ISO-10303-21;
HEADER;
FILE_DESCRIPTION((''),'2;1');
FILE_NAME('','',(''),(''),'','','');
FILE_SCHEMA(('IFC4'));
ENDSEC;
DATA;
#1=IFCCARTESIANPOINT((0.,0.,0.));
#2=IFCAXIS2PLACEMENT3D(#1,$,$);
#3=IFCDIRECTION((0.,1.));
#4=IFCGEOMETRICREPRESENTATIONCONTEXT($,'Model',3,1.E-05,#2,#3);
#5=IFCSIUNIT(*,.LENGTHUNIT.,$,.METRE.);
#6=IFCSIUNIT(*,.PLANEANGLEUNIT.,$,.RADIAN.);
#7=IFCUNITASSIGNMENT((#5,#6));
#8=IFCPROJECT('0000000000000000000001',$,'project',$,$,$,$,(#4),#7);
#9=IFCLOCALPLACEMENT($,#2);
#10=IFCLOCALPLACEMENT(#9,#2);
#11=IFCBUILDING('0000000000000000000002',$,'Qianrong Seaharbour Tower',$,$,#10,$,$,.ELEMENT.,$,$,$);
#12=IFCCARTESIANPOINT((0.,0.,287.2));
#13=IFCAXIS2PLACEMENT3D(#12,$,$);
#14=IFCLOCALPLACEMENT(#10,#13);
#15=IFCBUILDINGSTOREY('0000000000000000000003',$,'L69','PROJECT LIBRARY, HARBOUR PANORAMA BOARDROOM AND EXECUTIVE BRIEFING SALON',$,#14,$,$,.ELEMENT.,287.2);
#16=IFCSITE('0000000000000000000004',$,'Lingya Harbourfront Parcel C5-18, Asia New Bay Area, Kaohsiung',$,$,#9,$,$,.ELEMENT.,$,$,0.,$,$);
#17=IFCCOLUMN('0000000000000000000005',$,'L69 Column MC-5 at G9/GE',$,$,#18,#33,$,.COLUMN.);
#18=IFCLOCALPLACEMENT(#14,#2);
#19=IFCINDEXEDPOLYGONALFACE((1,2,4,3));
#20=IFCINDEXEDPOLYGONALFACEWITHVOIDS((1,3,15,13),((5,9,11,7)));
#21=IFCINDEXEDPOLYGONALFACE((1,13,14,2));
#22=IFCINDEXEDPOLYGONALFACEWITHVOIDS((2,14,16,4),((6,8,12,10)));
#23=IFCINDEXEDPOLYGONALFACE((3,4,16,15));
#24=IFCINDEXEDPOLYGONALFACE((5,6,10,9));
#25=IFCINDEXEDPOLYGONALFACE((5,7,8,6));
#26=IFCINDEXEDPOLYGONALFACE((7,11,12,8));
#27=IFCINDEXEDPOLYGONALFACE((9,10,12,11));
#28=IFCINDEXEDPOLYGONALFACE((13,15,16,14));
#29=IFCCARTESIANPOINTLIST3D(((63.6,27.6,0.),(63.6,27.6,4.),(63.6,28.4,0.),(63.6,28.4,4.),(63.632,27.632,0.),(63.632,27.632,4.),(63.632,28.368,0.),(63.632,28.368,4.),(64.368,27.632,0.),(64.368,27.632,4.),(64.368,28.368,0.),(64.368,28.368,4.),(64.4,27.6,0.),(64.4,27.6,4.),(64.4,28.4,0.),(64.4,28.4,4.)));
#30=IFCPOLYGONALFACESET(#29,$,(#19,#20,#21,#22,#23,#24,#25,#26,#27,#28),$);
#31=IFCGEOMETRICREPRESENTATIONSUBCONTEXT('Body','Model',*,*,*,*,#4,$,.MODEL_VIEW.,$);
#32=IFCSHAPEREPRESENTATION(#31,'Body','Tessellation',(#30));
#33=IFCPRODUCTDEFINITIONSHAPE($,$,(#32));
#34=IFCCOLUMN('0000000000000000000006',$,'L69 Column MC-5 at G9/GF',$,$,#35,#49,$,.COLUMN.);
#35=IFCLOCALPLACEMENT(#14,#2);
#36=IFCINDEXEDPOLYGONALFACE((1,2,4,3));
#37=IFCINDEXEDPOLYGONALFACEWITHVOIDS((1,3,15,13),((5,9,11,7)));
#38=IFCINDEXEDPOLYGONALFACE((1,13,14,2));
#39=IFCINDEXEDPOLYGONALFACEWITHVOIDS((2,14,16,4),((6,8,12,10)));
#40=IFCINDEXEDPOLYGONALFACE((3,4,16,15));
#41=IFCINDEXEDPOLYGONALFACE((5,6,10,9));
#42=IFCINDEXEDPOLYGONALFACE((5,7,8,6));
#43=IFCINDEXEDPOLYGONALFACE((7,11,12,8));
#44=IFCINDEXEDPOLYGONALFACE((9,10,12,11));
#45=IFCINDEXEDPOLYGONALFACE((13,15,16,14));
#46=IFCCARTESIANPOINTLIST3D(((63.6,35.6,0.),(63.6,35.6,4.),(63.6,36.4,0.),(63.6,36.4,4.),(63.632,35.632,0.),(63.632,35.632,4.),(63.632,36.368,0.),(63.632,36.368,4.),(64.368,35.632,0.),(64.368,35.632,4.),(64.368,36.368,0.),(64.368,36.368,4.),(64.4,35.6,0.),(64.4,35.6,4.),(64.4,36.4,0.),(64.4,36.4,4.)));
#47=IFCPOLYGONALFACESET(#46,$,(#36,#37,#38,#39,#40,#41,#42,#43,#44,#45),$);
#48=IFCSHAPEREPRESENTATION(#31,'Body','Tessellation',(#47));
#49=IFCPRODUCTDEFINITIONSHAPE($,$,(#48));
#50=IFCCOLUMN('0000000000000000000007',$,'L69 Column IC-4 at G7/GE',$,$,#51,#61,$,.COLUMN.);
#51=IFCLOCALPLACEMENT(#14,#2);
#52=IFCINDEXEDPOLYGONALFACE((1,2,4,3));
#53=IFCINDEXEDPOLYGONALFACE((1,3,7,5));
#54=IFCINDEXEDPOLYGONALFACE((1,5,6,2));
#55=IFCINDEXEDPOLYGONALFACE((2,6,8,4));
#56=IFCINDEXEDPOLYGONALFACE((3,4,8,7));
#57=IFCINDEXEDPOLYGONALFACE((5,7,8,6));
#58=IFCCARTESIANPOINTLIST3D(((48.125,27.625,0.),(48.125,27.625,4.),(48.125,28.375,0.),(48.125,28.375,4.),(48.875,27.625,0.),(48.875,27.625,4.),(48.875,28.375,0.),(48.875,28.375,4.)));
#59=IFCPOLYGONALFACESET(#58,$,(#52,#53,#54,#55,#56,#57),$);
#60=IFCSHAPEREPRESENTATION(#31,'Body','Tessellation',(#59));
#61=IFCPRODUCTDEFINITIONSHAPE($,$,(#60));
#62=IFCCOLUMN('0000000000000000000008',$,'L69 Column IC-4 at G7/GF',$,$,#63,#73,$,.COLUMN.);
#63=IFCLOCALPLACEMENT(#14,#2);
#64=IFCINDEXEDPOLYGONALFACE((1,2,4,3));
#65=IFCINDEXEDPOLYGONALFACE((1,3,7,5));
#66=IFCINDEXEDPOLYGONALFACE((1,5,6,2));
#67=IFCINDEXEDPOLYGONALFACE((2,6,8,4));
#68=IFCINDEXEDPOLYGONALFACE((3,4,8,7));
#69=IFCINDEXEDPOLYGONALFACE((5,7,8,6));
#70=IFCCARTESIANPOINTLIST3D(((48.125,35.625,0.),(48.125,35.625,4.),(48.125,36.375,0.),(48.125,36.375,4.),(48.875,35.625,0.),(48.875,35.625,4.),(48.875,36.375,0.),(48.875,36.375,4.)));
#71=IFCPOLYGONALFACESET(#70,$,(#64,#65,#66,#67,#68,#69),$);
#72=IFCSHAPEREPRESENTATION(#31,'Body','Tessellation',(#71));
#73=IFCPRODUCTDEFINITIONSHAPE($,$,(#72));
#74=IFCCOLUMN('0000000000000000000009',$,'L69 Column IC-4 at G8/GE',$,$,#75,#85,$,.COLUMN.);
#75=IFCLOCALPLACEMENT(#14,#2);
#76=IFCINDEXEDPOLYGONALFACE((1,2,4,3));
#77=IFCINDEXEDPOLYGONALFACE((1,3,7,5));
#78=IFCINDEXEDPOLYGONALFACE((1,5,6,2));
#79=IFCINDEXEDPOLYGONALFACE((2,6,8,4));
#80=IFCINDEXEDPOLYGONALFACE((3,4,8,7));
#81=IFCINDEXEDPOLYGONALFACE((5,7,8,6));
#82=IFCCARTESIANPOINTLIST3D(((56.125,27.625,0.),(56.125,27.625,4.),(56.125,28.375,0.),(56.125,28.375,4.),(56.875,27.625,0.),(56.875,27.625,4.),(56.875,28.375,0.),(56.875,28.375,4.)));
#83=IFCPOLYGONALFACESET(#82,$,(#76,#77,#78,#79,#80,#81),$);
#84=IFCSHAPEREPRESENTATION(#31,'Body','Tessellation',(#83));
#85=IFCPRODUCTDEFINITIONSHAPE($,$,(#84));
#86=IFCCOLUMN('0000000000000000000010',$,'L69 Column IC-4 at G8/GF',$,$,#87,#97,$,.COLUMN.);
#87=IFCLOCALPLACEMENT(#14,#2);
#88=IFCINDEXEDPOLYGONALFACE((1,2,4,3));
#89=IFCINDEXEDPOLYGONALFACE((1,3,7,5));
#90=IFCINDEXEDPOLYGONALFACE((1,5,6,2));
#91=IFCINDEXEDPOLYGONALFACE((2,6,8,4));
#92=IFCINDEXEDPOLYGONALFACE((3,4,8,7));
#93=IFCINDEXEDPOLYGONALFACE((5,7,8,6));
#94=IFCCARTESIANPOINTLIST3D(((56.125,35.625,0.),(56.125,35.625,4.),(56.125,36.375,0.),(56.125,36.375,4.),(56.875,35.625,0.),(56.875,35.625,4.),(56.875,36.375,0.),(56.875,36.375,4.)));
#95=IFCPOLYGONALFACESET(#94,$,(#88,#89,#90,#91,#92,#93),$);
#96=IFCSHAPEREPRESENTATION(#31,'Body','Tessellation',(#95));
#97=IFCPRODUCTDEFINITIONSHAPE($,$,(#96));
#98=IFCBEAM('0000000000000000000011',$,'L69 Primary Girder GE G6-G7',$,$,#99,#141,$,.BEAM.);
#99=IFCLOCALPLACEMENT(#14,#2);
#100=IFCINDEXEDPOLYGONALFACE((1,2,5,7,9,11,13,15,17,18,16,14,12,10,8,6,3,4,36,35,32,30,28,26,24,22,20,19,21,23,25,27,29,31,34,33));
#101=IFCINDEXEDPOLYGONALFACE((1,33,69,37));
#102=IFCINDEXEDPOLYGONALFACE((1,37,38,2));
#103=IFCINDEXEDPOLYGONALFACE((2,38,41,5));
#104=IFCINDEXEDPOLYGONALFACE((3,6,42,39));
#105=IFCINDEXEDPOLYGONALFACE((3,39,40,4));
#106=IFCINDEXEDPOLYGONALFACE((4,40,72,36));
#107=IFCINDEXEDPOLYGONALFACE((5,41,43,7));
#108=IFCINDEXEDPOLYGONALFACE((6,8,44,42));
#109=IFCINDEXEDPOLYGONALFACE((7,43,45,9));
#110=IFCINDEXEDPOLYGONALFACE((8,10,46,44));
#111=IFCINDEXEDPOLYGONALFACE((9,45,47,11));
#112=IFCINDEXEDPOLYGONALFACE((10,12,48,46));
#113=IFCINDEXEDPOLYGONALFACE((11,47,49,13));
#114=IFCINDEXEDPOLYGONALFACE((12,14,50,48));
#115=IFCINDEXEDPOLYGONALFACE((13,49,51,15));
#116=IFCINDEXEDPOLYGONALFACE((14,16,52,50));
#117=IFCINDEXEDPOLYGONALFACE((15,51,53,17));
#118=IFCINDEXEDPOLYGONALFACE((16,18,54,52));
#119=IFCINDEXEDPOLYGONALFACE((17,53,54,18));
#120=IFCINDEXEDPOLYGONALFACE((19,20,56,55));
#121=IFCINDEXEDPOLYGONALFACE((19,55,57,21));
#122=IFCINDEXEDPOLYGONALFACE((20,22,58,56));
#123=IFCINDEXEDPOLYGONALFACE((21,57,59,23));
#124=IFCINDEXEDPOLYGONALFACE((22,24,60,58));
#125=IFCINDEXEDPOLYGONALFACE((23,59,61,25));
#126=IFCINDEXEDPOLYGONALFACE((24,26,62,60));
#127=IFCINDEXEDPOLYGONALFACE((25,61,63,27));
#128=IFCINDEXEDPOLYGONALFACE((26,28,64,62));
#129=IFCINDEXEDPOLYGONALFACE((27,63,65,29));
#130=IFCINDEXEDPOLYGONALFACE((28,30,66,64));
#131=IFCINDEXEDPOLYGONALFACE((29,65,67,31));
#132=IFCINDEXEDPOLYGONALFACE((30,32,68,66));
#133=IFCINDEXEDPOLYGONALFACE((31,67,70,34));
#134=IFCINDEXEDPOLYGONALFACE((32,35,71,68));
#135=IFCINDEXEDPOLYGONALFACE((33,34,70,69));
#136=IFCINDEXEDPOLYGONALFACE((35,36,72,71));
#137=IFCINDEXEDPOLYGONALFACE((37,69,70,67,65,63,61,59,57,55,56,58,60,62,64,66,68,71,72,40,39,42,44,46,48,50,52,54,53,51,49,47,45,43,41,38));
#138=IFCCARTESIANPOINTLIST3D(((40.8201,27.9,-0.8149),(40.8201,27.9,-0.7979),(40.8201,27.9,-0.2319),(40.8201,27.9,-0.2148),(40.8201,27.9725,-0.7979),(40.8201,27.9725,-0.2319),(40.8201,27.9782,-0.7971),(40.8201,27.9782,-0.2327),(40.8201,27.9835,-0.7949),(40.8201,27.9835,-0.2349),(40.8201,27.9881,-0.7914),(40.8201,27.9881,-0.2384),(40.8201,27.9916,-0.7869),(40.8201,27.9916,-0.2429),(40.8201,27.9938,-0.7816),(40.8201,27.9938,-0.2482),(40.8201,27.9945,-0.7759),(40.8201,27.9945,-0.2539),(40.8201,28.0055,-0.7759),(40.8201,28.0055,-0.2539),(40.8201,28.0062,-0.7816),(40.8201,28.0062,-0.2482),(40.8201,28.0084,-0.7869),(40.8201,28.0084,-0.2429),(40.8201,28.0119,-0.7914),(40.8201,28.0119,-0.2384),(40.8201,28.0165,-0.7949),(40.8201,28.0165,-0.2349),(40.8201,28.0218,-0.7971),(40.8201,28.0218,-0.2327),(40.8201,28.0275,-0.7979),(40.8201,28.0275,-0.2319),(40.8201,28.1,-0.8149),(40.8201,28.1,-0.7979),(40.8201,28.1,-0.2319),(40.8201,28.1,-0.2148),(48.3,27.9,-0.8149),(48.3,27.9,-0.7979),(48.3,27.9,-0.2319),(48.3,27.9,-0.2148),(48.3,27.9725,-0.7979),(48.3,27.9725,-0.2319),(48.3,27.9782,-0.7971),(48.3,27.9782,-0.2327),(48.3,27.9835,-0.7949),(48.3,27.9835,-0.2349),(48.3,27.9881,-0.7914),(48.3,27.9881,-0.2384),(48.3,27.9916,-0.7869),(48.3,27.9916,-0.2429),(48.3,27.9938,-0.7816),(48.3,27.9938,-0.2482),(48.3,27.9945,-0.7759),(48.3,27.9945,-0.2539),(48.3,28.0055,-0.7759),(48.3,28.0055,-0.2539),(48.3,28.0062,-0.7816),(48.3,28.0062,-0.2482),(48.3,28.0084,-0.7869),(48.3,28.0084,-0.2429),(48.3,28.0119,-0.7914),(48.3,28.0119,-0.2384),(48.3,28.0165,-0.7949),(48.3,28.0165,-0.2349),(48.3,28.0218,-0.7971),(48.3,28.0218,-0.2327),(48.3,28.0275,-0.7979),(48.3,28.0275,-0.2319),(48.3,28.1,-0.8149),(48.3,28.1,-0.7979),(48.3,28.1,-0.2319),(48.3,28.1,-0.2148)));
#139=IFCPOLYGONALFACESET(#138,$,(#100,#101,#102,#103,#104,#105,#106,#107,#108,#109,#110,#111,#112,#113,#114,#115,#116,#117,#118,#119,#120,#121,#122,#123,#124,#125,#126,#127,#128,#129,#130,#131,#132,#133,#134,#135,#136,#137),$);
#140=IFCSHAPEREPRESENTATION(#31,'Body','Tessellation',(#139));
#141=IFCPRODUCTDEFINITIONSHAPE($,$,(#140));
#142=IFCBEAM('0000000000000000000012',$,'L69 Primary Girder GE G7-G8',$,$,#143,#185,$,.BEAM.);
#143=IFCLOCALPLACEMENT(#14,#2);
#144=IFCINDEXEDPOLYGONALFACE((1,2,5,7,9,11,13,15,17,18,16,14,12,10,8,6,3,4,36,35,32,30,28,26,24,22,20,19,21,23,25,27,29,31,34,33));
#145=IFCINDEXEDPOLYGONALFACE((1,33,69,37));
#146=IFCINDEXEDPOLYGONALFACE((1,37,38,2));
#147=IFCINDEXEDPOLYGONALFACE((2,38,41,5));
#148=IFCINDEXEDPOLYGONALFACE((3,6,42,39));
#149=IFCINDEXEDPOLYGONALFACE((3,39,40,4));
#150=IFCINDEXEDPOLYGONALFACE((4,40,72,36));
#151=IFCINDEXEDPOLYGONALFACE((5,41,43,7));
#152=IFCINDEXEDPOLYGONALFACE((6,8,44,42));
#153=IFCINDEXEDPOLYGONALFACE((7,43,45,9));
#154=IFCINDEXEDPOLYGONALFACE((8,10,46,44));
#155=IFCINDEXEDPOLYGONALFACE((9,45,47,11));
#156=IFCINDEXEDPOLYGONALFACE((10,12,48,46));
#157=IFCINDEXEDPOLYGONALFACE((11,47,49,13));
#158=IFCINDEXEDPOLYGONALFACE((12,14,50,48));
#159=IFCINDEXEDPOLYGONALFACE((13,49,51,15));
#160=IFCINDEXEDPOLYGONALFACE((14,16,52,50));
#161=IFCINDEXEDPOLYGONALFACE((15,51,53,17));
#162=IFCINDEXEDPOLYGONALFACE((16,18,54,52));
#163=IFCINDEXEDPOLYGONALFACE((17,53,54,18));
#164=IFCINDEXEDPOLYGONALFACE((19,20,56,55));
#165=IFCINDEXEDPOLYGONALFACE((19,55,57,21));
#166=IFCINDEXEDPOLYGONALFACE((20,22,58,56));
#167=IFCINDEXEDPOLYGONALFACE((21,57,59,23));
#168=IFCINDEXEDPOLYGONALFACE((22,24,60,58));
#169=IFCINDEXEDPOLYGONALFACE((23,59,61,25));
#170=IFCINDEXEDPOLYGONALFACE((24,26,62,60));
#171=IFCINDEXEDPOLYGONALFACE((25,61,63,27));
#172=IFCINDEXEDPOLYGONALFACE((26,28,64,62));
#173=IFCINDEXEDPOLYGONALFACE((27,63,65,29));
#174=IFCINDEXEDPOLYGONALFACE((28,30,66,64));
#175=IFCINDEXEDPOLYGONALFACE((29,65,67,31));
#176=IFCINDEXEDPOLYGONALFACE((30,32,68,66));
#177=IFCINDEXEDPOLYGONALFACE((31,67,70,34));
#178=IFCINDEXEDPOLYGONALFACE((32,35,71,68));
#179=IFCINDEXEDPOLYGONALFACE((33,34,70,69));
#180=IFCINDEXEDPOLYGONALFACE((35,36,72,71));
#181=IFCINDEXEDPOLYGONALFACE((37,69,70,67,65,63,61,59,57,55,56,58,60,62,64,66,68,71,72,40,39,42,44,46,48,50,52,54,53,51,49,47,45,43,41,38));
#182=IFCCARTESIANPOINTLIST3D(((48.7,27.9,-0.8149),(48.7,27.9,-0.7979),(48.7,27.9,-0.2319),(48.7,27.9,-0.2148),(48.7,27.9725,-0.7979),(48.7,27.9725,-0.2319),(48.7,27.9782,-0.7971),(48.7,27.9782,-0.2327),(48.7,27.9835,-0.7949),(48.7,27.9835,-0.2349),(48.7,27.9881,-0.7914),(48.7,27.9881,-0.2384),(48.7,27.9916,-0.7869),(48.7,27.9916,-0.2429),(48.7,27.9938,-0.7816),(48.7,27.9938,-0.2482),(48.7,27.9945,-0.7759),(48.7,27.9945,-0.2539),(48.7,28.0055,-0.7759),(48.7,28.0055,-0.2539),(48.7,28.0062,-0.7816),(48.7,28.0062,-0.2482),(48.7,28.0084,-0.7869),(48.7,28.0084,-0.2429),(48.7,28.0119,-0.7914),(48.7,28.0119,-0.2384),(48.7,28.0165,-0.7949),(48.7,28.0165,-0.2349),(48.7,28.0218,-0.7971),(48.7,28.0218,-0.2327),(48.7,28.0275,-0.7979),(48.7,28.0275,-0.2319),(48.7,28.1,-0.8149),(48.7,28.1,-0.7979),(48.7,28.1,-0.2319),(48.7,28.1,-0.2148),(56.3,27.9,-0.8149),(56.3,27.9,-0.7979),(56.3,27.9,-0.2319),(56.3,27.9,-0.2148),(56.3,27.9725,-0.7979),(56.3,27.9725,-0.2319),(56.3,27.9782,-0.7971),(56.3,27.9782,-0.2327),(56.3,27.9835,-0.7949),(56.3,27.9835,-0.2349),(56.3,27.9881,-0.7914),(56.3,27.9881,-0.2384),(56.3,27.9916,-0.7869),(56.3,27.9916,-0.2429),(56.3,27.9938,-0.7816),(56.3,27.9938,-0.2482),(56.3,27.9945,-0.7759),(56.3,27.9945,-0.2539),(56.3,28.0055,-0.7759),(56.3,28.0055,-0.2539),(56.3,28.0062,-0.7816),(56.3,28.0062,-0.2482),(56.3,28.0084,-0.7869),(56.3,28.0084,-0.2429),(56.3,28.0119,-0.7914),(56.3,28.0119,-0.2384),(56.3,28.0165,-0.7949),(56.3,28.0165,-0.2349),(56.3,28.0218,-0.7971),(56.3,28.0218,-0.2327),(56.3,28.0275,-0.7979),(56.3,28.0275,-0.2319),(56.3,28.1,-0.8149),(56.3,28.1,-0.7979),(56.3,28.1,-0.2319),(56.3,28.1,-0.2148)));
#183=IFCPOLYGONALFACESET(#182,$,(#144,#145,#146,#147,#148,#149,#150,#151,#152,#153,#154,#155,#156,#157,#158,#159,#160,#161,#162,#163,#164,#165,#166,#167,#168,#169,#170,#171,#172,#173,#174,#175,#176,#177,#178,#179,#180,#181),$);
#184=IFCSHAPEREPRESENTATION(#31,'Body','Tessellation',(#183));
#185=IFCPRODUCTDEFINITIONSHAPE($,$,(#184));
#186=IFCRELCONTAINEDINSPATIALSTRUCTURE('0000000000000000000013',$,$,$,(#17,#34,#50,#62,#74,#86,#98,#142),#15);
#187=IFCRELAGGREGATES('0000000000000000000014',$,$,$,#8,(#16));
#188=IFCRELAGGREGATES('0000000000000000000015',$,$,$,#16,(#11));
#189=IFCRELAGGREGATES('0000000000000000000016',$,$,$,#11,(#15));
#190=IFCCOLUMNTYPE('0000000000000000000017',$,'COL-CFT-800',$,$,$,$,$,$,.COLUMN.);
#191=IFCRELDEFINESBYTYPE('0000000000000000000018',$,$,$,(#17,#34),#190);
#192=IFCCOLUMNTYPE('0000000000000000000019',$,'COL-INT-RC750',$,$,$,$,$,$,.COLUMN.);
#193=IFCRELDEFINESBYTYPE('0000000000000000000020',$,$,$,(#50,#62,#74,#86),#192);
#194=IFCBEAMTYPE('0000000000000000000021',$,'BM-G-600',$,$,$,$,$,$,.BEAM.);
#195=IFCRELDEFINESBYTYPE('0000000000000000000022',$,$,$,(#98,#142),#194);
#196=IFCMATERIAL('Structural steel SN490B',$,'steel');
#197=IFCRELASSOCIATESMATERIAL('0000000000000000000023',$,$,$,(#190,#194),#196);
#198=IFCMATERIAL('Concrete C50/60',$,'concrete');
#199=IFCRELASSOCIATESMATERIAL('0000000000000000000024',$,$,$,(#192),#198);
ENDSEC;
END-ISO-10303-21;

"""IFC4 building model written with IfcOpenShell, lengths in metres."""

from ifc_helpers import new_model, si_unit, direction, frame, origin, origin_2d, place, context, subcontext, project, spatial, rectangle, hollow_rectangle, i_section, extrude, material, material_profile, profile_set, type_object, element, save


model = new_model("IFC4")

# Units and contexts
model_context = context("Model", 3, precision=1e-05, world=origin(), true_north=direction((0.0, 1.0)))
body_context = subcontext(model_context, "Body", "Model", "MODEL_VIEW")
ifc_project = project(units=[si_unit("LENGTHUNIT", "METRE"), si_unit("PLANEANGLEUNIT", "RADIAN")], contexts=[model_context])

# Site, building, storey
site_placement = place(None, origin())
site = spatial("IfcSite", under=ifc_project, at=site_placement, Name="Lingya Harbourfront Parcel C5-18, Asia New Bay Area, Kaohsiung", CompositionType="ELEMENT", RefElevation=0.0)
building_placement = place(site_placement, origin())
building = spatial("IfcBuilding", under=site, at=building_placement, Name="Qianrong Seaharbour Tower", CompositionType="ELEMENT")
storey_placement = place(building_placement, frame((0.0, 0.0, 287.2)))
storey = spatial("IfcBuildingStorey", under=building, at=storey_placement, Name="L69", Description="PROJECT LIBRARY, HARBOUR PANORAMA BOARDROOM AND EXECUTIVE BRIEFING SALON", CompositionType="ELEMENT", Elevation=287.2)

# Columns
ifc_material_1 = material(Name="Structural steel SN490B", Category="steel")
ifc_material_profile_1 = material_profile(ifc_material_1, hollow_rectangle(XDim=0.8, YDim=0.8, WallThickness=0.032, at=origin_2d()), Name="BOX800x800x32")
ifc_profile_set_1 = profile_set([ifc_material_profile_1], Name="Structural steel SN490B")
column_type_1 = type_object("IfcColumnType", Name="COL-CFT-800", PredefinedType="COLUMN", material=ifc_profile_set_1)
for number, where, z_axis, x_axis, name in (
    (1, (64.0, 28.0, 0.0), (0.0, 0.0, 1.0), (1.0, 0.0, 0.0), "L69 Column MC-5 at G9/GE"),
    (2, (64.0, 36.0, 0.0), (0.0, 0.0, 1.0), (1.0, 0.0, 0.0), "L69 Column MC-5 at G9/GF"),
):
    element("IfcColumn", number, at=place(storey_placement, frame(where, z_axis=z_axis, x_axis=x_axis)), inside=storey, type_object=column_type_1, Name=name, PredefinedType="COLUMN", context=body_context, shape_type="SweptSolid", body=[
        extrude(hollow_rectangle(XDim=0.8, YDim=0.8, WallThickness=0.032, at=origin_2d()), origin(), (0.0, 0.0, 1.0), 4.0),
    ])
ifc_material_2 = material(Name="Concrete C50/60", Category="concrete")
ifc_material_profile_2 = material_profile(ifc_material_2, rectangle(XDim=0.75, YDim=0.75, at=origin_2d()), Name="RC750x750")
ifc_profile_set_2 = profile_set([ifc_material_profile_2], Name="Concrete C50/60")
column_type_2 = type_object("IfcColumnType", Name="COL-INT-RC750", PredefinedType="COLUMN", material=ifc_profile_set_2)
for number, where, z_axis, x_axis, name in (
    (3, (48.5, 28.0, 0.0), (0.0, 0.0, 1.0), (1.0, 0.0, 0.0), "L69 Column IC-4 at G7/GE"),
    (4, (48.5, 36.0, 0.0), (0.0, 0.0, 1.0), (1.0, 0.0, 0.0), "L69 Column IC-4 at G7/GF"),
    (5, (56.5, 28.0, 0.0), (0.0, 0.0, 1.0), (1.0, 0.0, 0.0), "L69 Column IC-4 at G8/GE"),
    (6, (56.5, 36.0, 0.0), (0.0, 0.0, 1.0), (1.0, 0.0, 0.0), "L69 Column IC-4 at G8/GF"),
):
    element("IfcColumn", number, at=place(storey_placement, frame(where, z_axis=z_axis, x_axis=x_axis)), inside=storey, type_object=column_type_2, Name=name, PredefinedType="COLUMN", context=body_context, shape_type="SweptSolid", body=[
        extrude(rectangle(XDim=0.75, YDim=0.75, at=origin_2d()), origin(), (0.0, 0.0, 1.0), 4.0),
    ])

# Beams
ifc_material_profile_3 = material_profile(ifc_material_1, i_section(OverallWidth=0.2, OverallDepth=0.6001, WebThickness=0.011, FlangeThickness=0.0171, FilletRadius=0.022, at=origin_2d()), Name="H600x200x11x17")
ifc_profile_set_3 = profile_set([ifc_material_profile_3], Name="Structural steel SN490B")
beam_type_1 = type_object("IfcBeamType", Name="BM-G-600", PredefinedType="BEAM", material=ifc_profile_set_3)
beam_1_placement = place(storey_placement, frame((40.8201, 28.0, -0.5149), z_axis=(1.0, 0.0, 0.0), x_axis=(0.0, 1.0, 0.0)))
element("IfcBeam", 7, at=beam_1_placement, inside=storey, type_object=beam_type_1, Name="L69 Primary Girder GE G6-G7", PredefinedType="BEAM", context=body_context, shape_type="SweptSolid", body=[
    extrude(i_section(OverallWidth=0.2, OverallDepth=0.6001, WebThickness=0.011, FlangeThickness=0.0171, FilletRadius=0.022, at=origin_2d()), origin(), (0.0, 0.0, 1.0), 7.48),
])
beam_2_placement = place(storey_placement, frame((48.7, 28.0, -0.5149), z_axis=(1.0, 0.0, 0.0), x_axis=(0.0, 1.0, 0.0)))
element("IfcBeam", 8, at=beam_2_placement, inside=storey, type_object=beam_type_1, Name="L69 Primary Girder GE G7-G8", PredefinedType="BEAM", context=body_context, shape_type="SweptSolid", body=[
    extrude(i_section(OverallWidth=0.2, OverallDepth=0.6001, WebThickness=0.011, FlangeThickness=0.0171, FilletRadius=0.022, at=origin_2d()), origin(), (0.0, 0.0, 1.0), 7.6001),
])

save(model, "model.ifc")
